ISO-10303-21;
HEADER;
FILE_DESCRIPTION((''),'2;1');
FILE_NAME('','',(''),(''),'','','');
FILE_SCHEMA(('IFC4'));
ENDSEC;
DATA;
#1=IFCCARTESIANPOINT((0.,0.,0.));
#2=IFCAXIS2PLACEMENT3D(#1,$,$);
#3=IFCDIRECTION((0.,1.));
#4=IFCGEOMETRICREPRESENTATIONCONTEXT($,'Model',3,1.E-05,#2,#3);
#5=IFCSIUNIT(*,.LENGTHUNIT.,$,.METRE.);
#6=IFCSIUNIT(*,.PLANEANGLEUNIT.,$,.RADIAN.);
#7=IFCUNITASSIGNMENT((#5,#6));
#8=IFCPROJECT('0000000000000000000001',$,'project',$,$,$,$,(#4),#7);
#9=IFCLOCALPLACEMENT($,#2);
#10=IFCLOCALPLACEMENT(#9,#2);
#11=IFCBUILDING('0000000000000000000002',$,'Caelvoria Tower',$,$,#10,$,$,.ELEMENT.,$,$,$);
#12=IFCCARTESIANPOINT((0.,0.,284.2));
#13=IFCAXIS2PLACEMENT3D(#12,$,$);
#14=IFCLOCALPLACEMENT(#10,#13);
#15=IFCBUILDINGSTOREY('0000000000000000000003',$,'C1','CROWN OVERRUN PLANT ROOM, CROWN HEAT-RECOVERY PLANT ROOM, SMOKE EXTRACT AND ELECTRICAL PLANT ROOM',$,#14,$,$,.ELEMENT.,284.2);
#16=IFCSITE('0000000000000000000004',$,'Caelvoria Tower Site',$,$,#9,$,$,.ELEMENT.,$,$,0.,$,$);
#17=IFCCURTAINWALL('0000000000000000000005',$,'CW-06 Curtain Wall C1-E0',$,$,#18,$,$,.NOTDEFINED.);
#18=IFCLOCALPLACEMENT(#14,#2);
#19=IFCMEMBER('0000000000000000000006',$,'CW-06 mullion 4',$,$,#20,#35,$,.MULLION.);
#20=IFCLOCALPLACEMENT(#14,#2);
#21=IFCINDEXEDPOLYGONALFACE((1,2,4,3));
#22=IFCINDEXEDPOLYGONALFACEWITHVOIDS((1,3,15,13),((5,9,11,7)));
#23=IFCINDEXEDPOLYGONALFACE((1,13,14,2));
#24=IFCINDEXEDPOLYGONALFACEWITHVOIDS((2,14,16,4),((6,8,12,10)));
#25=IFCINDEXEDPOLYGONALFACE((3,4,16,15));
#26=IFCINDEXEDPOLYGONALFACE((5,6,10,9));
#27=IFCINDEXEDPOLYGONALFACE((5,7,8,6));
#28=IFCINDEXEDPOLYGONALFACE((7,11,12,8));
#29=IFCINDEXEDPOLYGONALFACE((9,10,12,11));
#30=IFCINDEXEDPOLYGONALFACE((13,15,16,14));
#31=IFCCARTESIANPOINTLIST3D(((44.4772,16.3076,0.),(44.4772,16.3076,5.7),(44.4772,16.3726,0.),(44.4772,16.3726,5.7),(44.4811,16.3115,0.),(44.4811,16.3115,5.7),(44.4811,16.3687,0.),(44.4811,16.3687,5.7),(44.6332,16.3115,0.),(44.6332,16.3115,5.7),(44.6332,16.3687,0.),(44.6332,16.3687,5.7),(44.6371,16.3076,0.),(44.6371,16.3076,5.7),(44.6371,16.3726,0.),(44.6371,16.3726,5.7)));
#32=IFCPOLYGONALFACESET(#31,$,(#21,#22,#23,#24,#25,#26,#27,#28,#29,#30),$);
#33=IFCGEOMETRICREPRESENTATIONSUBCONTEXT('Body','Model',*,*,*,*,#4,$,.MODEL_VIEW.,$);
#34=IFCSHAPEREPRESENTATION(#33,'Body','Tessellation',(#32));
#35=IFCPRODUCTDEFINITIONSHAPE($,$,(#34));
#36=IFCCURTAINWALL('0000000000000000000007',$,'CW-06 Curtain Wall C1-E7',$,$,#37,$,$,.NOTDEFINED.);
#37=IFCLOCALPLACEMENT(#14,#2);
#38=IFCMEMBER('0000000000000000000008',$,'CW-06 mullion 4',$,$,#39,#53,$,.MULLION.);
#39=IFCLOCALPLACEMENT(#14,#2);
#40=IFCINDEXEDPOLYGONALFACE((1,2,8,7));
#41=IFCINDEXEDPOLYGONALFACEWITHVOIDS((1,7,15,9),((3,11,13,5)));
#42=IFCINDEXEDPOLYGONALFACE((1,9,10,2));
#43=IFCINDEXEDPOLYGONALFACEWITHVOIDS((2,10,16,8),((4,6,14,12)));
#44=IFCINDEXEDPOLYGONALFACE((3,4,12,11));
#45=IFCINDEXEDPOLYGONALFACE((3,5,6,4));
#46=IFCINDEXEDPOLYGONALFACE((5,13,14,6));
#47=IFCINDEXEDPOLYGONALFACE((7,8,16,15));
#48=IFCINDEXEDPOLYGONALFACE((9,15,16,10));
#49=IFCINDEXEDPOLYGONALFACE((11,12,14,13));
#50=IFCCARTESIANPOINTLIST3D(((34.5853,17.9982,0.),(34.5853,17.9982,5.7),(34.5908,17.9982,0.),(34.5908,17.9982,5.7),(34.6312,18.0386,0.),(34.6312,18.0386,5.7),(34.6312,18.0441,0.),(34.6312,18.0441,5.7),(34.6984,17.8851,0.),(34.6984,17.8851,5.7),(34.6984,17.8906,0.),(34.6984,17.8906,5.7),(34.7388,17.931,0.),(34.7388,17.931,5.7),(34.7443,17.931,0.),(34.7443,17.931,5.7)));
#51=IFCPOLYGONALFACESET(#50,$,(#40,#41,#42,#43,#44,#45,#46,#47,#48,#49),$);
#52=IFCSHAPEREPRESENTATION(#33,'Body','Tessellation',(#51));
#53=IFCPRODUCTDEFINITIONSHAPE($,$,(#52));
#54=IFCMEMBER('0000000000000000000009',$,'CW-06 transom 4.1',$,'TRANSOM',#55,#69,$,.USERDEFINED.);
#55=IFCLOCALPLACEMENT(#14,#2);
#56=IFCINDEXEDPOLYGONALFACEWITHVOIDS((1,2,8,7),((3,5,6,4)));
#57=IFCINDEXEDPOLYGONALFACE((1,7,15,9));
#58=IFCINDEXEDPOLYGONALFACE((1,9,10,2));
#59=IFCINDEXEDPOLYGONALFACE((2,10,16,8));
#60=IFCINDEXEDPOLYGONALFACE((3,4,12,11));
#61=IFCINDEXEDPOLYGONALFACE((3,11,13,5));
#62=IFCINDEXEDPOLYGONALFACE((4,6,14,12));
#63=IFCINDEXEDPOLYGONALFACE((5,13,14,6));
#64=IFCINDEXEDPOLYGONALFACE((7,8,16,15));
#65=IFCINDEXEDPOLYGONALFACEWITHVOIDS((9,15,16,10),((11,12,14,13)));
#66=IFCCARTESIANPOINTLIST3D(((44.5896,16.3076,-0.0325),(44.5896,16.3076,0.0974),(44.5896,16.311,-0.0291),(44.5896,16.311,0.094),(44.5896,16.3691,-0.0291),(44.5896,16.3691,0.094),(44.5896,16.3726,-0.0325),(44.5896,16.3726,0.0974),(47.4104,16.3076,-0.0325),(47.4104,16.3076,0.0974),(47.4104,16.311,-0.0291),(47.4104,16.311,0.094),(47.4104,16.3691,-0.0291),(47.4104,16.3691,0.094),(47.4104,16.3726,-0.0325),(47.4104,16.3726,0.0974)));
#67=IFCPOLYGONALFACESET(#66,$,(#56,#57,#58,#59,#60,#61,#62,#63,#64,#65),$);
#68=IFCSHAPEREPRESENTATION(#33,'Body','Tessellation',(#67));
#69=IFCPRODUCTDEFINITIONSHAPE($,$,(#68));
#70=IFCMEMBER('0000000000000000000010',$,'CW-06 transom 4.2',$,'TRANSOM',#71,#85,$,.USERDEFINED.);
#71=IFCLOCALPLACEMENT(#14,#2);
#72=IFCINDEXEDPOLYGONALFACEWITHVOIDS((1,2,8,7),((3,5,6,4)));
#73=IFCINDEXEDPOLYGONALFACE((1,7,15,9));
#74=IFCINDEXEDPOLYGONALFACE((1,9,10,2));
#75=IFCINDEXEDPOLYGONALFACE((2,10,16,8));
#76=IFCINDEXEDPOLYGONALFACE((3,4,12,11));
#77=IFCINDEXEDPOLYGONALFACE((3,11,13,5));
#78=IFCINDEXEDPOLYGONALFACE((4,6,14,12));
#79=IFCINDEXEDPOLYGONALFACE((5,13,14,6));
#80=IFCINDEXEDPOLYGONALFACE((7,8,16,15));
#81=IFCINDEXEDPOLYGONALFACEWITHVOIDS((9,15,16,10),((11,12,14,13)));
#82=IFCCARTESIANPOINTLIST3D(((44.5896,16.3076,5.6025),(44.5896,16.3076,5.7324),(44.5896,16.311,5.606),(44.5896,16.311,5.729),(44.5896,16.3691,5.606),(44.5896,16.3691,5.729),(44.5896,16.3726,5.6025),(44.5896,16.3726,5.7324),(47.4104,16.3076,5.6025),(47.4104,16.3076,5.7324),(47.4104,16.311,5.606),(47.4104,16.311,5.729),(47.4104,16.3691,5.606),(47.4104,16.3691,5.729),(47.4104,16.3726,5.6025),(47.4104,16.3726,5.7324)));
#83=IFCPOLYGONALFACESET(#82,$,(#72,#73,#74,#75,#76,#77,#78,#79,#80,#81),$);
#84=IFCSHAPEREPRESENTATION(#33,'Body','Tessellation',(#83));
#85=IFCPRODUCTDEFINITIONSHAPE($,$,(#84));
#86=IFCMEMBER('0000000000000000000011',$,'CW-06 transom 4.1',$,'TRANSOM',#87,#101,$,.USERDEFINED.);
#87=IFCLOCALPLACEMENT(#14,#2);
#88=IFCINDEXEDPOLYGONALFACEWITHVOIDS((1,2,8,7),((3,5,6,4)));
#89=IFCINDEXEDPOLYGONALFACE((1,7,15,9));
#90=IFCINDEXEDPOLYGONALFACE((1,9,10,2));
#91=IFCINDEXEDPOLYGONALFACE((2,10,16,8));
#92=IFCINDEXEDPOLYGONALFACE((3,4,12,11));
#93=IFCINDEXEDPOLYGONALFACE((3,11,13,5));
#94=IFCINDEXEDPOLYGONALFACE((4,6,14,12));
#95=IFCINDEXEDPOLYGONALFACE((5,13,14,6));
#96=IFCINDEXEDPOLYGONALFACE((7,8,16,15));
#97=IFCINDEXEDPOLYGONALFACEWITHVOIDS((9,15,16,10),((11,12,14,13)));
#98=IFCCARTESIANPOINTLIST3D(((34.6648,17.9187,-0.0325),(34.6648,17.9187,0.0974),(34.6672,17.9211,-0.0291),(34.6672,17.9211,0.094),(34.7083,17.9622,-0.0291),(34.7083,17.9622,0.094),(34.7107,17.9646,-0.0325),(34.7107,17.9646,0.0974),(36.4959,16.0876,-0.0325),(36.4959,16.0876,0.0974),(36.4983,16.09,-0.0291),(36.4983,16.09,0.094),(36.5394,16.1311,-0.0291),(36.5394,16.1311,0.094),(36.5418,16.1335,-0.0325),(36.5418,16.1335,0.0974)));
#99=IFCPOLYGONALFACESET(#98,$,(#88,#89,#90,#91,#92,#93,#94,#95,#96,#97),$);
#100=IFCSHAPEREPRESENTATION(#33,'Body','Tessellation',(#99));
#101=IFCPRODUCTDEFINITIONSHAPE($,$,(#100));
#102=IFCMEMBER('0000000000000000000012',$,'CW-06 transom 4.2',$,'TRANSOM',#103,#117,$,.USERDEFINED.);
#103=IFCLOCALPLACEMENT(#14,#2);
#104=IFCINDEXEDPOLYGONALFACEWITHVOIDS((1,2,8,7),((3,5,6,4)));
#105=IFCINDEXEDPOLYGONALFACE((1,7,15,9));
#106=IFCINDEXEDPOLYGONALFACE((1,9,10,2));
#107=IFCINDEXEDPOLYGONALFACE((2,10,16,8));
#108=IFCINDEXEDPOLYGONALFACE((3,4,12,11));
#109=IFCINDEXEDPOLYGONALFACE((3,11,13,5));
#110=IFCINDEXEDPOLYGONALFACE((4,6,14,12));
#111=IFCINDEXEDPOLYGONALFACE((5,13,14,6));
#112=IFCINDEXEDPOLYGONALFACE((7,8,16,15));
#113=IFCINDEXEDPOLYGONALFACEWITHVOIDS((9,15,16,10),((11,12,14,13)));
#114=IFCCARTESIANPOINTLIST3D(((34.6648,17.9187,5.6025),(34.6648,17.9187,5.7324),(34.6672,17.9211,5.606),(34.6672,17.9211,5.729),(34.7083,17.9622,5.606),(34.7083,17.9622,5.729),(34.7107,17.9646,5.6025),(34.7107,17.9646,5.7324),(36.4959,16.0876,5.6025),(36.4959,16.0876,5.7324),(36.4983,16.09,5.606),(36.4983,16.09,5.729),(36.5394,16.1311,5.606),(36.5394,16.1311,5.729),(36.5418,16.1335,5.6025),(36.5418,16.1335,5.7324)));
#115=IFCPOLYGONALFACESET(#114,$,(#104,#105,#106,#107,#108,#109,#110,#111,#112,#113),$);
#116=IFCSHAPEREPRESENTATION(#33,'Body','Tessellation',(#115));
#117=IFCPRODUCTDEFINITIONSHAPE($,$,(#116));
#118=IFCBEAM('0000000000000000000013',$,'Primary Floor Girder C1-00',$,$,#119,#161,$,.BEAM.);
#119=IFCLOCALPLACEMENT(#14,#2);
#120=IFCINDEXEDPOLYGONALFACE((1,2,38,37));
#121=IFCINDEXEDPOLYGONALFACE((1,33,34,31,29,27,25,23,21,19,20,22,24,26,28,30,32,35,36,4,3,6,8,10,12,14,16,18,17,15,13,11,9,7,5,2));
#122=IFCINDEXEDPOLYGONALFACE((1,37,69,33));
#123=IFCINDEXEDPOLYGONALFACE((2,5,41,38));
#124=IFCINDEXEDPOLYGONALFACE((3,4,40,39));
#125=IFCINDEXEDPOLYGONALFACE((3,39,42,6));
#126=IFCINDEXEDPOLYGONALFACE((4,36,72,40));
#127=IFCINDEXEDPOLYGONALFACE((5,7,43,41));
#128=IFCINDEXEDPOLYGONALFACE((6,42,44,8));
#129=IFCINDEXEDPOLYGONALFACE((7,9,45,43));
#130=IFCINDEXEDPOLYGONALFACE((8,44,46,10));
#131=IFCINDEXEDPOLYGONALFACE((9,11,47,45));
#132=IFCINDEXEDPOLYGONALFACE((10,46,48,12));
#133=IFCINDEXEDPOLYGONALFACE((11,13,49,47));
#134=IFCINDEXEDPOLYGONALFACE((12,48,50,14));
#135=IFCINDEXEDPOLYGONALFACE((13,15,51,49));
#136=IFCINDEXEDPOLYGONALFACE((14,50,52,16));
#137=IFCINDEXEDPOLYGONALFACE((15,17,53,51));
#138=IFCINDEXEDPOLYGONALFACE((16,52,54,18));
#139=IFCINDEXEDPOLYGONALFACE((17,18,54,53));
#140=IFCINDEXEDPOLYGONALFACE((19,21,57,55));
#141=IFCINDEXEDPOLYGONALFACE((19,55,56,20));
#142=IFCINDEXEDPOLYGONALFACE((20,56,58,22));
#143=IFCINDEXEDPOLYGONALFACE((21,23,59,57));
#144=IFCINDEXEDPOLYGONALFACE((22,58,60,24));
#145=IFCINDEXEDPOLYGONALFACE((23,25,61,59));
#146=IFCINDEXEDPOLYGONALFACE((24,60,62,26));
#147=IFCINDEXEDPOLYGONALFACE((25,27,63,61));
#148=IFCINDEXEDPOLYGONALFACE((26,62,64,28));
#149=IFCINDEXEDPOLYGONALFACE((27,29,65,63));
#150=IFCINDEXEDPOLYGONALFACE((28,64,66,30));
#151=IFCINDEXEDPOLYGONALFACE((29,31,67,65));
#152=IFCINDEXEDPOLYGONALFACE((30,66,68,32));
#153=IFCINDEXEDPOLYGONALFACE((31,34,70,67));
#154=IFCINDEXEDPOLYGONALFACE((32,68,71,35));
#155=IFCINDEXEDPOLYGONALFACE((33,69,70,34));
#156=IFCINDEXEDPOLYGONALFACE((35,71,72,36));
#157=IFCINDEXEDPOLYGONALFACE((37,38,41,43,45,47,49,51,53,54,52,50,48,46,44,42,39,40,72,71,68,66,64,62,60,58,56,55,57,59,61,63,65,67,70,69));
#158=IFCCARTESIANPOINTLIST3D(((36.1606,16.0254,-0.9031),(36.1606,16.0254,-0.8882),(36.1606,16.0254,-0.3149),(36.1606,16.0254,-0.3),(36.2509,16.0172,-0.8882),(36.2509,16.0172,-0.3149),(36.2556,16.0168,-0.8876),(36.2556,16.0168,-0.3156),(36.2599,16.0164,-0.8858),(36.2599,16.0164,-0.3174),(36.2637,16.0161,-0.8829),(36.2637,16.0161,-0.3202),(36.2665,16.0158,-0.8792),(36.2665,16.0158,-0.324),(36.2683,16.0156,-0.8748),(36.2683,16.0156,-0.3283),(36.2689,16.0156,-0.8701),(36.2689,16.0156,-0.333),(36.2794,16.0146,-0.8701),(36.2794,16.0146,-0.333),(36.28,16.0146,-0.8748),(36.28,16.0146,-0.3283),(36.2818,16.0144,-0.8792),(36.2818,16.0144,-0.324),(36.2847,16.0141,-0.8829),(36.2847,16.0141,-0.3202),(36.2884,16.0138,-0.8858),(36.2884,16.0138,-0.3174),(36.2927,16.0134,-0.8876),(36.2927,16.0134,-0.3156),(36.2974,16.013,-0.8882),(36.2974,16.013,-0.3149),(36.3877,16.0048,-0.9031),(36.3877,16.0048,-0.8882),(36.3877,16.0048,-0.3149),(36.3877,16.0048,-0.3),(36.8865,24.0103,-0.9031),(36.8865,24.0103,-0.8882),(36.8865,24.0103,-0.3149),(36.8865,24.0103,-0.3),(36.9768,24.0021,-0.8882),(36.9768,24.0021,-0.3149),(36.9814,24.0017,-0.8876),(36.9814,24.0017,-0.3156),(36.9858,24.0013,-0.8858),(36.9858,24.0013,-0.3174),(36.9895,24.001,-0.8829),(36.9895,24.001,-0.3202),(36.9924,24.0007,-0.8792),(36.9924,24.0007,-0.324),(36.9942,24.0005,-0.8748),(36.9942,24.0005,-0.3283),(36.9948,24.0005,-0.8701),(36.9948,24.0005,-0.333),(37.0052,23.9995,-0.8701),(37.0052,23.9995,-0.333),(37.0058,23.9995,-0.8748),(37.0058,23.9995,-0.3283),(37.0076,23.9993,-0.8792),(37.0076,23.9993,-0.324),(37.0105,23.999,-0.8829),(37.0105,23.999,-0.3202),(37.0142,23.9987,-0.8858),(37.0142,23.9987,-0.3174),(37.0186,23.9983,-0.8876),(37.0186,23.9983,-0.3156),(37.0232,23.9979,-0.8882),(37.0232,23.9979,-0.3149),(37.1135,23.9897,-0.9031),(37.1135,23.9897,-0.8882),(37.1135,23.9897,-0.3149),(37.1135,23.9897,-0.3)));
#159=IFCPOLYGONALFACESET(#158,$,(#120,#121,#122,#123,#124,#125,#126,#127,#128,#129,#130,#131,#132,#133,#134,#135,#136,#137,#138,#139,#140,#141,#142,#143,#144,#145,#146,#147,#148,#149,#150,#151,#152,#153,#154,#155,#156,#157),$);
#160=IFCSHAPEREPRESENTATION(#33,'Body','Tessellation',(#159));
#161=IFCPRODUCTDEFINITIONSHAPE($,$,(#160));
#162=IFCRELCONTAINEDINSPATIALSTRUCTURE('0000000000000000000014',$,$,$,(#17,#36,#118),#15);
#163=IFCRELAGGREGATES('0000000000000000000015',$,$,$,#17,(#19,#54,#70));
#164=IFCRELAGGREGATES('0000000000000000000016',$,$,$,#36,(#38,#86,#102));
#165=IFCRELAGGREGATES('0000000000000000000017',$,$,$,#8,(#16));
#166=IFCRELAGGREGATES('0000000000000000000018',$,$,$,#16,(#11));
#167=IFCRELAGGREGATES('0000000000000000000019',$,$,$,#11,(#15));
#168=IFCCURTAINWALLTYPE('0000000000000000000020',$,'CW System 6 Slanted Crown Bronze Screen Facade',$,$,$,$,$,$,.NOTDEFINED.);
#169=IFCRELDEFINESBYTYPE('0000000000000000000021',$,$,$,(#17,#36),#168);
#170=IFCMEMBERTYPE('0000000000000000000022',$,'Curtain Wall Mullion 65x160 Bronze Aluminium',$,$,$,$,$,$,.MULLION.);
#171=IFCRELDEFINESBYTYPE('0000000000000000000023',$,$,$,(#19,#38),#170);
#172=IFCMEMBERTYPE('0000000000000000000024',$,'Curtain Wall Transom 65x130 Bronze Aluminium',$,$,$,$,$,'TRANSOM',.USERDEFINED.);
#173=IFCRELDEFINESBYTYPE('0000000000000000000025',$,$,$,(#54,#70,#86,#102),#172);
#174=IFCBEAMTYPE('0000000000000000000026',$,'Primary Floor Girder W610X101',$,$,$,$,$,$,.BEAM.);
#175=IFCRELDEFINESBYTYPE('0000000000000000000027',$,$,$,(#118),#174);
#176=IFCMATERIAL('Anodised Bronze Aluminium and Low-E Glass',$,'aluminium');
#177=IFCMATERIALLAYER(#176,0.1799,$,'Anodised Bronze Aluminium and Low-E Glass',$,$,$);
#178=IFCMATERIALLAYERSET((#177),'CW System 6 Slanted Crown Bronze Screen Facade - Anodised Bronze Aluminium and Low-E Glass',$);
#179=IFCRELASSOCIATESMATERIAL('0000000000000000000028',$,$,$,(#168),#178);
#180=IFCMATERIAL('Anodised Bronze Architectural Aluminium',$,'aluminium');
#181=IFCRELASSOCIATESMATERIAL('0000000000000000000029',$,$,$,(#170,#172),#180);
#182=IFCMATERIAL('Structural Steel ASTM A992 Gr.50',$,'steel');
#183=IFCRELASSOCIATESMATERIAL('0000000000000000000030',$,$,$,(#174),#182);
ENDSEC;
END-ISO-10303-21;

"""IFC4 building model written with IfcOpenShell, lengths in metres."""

from ifc_helpers import new_model, si_unit, direction, frame, origin, origin_2d, place, context, subcontext, project, spatial, hollow_rectangle, i_section, extrude, material, layer, layer_set, material_profile, profile_set, type_object, element, aggregate, save


model = new_model("IFC4")

# Units and contexts
model_context = context("Model", 3, precision=1e-05, world=origin(), true_north=direction((0.0, 1.0)))
body_context = subcontext(model_context, "Body", "Model", "MODEL_VIEW")
ifc_project = project(units=[si_unit("LENGTHUNIT", "METRE"), si_unit("PLANEANGLEUNIT", "RADIAN")], contexts=[model_context])

# Site, building, storey
site_placement = place(None, origin())
site = spatial("IfcSite", under=ifc_project, at=site_placement, Name="Caelvoria Tower Site", CompositionType="ELEMENT", RefElevation=0.0)
building_placement = place(site_placement, origin())
building = spatial("IfcBuilding", under=site, at=building_placement, Name="Caelvoria Tower", CompositionType="ELEMENT")
storey_placement = place(building_placement, frame((0.0, 0.0, 284.2)))
storey = spatial("IfcBuildingStorey", under=building, at=storey_placement, Name="C1", Description="CROWN OVERRUN PLANT ROOM, CROWN HEAT-RECOVERY PLANT ROOM, SMOKE EXTRACT AND ELECTRICAL PLANT ROOM", CompositionType="ELEMENT", Elevation=284.2)

# Curtain walls, members
ifc_material_1 = material(Name="Anodised Bronze Aluminium and Low-E Glass", Category="aluminium")
ifc_layer_1 = layer(ifc_material_1, 0.1799, Name="Anodised Bronze Aluminium and Low-E Glass")
ifc_layer_set_1 = layer_set([ifc_layer_1], Name="CW System 6 Slanted Crown Bronze Screen Facade - Anodised Bronze Aluminium and Low-E Glass")
curtain_wall_type = type_object("IfcCurtainWallType", Name="CW System 6 Slanted Crown Bronze Screen Facade", PredefinedType="NOTDEFINED", material=ifc_layer_set_1)
curtain_wall_1_placement = place(storey_placement, origin())
curtain_wall_1 = element("IfcCurtainWall", 1, at=curtain_wall_1_placement, inside=storey, type_object=curtain_wall_type, Name="CW-06 Curtain Wall C1-E0", PredefinedType="NOTDEFINED")
ifc_material_2 = material(Name="Anodised Bronze Architectural Aluminium", Category="aluminium")
ifc_material_profile_1 = material_profile(ifc_material_2, hollow_rectangle(XDim=0.0649, YDim=0.1599, WallThickness=0.0039, at=origin_2d()), Name="Anodised Bronze Architectural Aluminium")
ifc_profile_set_1 = profile_set([ifc_material_profile_1], Name="CW_MULL_65X160 - Anodised Bronze Architectural Aluminium")
member_type_1 = type_object("IfcMemberType", Name="Curtain Wall Mullion 65x160 Bronze Aluminium", PredefinedType="MULLION", material=ifc_profile_set_1)
member_1_placement = place(storey_placement, frame((44.5571, 16.3401, 0.0), z_axis=(0.0, 0.0, 1.0), x_axis=(0.0, 1.0, 0.0)))
member_1 = element("IfcMember", 2, at=member_1_placement, type_object=member_type_1, Name="CW-06 mullion 4", PredefinedType="MULLION", context=body_context, shape_type="SweptSolid", body=[
    extrude(hollow_rectangle(XDim=0.0649, YDim=0.1599, WallThickness=0.0039, at=origin_2d()), origin(), (0.0, 0.0, 1.0), 5.7),
])
curtain_wall_2_placement = place(storey_placement, origin())
curtain_wall_2 = element("IfcCurtainWall", 3, at=curtain_wall_2_placement, inside=storey, type_object=curtain_wall_type, Name="CW-06 Curtain Wall C1-E7", PredefinedType="NOTDEFINED")
member_2_placement = place(storey_placement, frame((34.6648, 17.9646, 0.0), z_axis=(0.0, 0.0, 1.0), x_axis=(0.707107, 0.707107, 0.0)))
member_2 = element("IfcMember", 4, at=member_2_placement, type_object=member_type_1, Name="CW-06 mullion 4", PredefinedType="MULLION", context=body_context, shape_type="SweptSolid", body=[
    extrude(hollow_rectangle(XDim=0.0649, YDim=0.1599, WallThickness=0.0039, at=origin_2d()), origin(), (0.0, 0.0, 1.0), 5.7),
])

# Members
ifc_material_profile_2 = material_profile(ifc_material_2, hollow_rectangle(XDim=0.0649, YDim=0.1299, WallThickness=0.0034, at=origin_2d()), Name="Anodised Bronze Architectural Aluminium")
ifc_profile_set_2 = profile_set([ifc_material_profile_2], Name="CW_TRAN_65X130 - Anodised Bronze Architectural Aluminium")
member_type_2 = type_object("IfcMemberType", Name="Curtain Wall Transom 65x130 Bronze Aluminium", ElementType="TRANSOM", PredefinedType="USERDEFINED", material=ifc_profile_set_2)
member_3_placement = place(storey_placement, frame((44.5896, 16.3401, 0.0325), z_axis=(1.0, 0.0, 0.0), x_axis=(0.0, 1.0, 0.0)))
member_3 = element("IfcMember", 5, at=member_3_placement, type_object=member_type_2, Name="CW-06 transom 4.1", ObjectType="TRANSOM", PredefinedType="USERDEFINED", context=body_context, shape_type="SweptSolid", body=[
    extrude(hollow_rectangle(XDim=0.0649, YDim=0.1299, WallThickness=0.0034, at=origin_2d()), origin(), (0.0, 0.0, 1.0), 2.8208),
])
member_4_placement = place(storey_placement, frame((44.5896, 16.3401, 5.6675), z_axis=(1.0, 0.0, 0.0), x_axis=(0.0, 1.0, 0.0)))
member_4 = element("IfcMember", 6, at=member_4_placement, type_object=member_type_2, Name="CW-06 transom 4.2", ObjectType="TRANSOM", PredefinedType="USERDEFINED", context=body_context, shape_type="SweptSolid", body=[
    extrude(hollow_rectangle(XDim=0.0649, YDim=0.1299, WallThickness=0.0034, at=origin_2d()), origin(), (0.0, 0.0, 1.0), 2.8208),
])
aggregate(curtain_wall_1, [member_1, member_3, member_4])
member_5_placement = place(storey_placement, frame((34.6877, 17.9417, 0.0325), z_axis=(0.707107, -0.707107, 0.0), x_axis=(0.707107, 0.707107, 0.0)))
member_5 = element("IfcMember", 7, at=member_5_placement, type_object=member_type_2, Name="CW-06 transom 4.1", ObjectType="TRANSOM", PredefinedType="USERDEFINED", context=body_context, shape_type="SweptSolid", body=[
    extrude(hollow_rectangle(XDim=0.0649, YDim=0.1299, WallThickness=0.0034, at=origin_2d()), origin(), (0.0, 0.0, 1.0), 2.5896),
])
member_6_placement = place(storey_placement, frame((34.6877, 17.9417, 5.6675), z_axis=(0.707107, -0.707107, 0.0), x_axis=(0.707107, 0.707107, 0.0)))
member_6 = element("IfcMember", 8, at=member_6_placement, type_object=member_type_2, Name="CW-06 transom 4.2", ObjectType="TRANSOM", PredefinedType="USERDEFINED", context=body_context, shape_type="SweptSolid", body=[
    extrude(hollow_rectangle(XDim=0.0649, YDim=0.1299, WallThickness=0.0034, at=origin_2d()), origin(), (0.0, 0.0, 1.0), 2.5896),
])

# Beam
ifc_material_3 = material(Name="Structural Steel ASTM A992 Gr.50", Category="steel")
ifc_material_profile_3 = material_profile(ifc_material_3, i_section(OverallWidth=0.228, OverallDepth=0.603, WebThickness=0.0105, FlangeThickness=0.0149, FilletRadius=0.0181, at=origin_2d()), Name="Structural Steel ASTM A992 Gr.50")
ifc_profile_set_3 = profile_set([ifc_material_profile_3], Name="W610X101 - Structural Steel ASTM A992 Gr.50")
beam_type_1 = type_object("IfcBeamType", Name="Primary Floor Girder W610X101", PredefinedType="BEAM", material=ifc_profile_set_3)
beam_1_placement = place(storey_placement, frame((37.0, 24.0, -0.6016), z_axis=(-0.090528, -0.995894, 0.0), x_axis=(0.995894, -0.090528, 0.0)))
element("IfcBeam", 9, at=beam_1_placement, inside=storey, type_object=beam_type_1, Name="Primary Floor Girder C1-00", PredefinedType="BEAM", context=body_context, shape_type="SweptSolid", body=[
    extrude(i_section(OverallWidth=0.228, OverallDepth=0.603, WebThickness=0.0105, FlangeThickness=0.0149, FilletRadius=0.0181, at=origin_2d()), origin(), (0.0, 0.0, 1.0), 8.0178),
])

aggregate(curtain_wall_2, [member_2, member_5, member_6])

save(model, "model.ifc")
